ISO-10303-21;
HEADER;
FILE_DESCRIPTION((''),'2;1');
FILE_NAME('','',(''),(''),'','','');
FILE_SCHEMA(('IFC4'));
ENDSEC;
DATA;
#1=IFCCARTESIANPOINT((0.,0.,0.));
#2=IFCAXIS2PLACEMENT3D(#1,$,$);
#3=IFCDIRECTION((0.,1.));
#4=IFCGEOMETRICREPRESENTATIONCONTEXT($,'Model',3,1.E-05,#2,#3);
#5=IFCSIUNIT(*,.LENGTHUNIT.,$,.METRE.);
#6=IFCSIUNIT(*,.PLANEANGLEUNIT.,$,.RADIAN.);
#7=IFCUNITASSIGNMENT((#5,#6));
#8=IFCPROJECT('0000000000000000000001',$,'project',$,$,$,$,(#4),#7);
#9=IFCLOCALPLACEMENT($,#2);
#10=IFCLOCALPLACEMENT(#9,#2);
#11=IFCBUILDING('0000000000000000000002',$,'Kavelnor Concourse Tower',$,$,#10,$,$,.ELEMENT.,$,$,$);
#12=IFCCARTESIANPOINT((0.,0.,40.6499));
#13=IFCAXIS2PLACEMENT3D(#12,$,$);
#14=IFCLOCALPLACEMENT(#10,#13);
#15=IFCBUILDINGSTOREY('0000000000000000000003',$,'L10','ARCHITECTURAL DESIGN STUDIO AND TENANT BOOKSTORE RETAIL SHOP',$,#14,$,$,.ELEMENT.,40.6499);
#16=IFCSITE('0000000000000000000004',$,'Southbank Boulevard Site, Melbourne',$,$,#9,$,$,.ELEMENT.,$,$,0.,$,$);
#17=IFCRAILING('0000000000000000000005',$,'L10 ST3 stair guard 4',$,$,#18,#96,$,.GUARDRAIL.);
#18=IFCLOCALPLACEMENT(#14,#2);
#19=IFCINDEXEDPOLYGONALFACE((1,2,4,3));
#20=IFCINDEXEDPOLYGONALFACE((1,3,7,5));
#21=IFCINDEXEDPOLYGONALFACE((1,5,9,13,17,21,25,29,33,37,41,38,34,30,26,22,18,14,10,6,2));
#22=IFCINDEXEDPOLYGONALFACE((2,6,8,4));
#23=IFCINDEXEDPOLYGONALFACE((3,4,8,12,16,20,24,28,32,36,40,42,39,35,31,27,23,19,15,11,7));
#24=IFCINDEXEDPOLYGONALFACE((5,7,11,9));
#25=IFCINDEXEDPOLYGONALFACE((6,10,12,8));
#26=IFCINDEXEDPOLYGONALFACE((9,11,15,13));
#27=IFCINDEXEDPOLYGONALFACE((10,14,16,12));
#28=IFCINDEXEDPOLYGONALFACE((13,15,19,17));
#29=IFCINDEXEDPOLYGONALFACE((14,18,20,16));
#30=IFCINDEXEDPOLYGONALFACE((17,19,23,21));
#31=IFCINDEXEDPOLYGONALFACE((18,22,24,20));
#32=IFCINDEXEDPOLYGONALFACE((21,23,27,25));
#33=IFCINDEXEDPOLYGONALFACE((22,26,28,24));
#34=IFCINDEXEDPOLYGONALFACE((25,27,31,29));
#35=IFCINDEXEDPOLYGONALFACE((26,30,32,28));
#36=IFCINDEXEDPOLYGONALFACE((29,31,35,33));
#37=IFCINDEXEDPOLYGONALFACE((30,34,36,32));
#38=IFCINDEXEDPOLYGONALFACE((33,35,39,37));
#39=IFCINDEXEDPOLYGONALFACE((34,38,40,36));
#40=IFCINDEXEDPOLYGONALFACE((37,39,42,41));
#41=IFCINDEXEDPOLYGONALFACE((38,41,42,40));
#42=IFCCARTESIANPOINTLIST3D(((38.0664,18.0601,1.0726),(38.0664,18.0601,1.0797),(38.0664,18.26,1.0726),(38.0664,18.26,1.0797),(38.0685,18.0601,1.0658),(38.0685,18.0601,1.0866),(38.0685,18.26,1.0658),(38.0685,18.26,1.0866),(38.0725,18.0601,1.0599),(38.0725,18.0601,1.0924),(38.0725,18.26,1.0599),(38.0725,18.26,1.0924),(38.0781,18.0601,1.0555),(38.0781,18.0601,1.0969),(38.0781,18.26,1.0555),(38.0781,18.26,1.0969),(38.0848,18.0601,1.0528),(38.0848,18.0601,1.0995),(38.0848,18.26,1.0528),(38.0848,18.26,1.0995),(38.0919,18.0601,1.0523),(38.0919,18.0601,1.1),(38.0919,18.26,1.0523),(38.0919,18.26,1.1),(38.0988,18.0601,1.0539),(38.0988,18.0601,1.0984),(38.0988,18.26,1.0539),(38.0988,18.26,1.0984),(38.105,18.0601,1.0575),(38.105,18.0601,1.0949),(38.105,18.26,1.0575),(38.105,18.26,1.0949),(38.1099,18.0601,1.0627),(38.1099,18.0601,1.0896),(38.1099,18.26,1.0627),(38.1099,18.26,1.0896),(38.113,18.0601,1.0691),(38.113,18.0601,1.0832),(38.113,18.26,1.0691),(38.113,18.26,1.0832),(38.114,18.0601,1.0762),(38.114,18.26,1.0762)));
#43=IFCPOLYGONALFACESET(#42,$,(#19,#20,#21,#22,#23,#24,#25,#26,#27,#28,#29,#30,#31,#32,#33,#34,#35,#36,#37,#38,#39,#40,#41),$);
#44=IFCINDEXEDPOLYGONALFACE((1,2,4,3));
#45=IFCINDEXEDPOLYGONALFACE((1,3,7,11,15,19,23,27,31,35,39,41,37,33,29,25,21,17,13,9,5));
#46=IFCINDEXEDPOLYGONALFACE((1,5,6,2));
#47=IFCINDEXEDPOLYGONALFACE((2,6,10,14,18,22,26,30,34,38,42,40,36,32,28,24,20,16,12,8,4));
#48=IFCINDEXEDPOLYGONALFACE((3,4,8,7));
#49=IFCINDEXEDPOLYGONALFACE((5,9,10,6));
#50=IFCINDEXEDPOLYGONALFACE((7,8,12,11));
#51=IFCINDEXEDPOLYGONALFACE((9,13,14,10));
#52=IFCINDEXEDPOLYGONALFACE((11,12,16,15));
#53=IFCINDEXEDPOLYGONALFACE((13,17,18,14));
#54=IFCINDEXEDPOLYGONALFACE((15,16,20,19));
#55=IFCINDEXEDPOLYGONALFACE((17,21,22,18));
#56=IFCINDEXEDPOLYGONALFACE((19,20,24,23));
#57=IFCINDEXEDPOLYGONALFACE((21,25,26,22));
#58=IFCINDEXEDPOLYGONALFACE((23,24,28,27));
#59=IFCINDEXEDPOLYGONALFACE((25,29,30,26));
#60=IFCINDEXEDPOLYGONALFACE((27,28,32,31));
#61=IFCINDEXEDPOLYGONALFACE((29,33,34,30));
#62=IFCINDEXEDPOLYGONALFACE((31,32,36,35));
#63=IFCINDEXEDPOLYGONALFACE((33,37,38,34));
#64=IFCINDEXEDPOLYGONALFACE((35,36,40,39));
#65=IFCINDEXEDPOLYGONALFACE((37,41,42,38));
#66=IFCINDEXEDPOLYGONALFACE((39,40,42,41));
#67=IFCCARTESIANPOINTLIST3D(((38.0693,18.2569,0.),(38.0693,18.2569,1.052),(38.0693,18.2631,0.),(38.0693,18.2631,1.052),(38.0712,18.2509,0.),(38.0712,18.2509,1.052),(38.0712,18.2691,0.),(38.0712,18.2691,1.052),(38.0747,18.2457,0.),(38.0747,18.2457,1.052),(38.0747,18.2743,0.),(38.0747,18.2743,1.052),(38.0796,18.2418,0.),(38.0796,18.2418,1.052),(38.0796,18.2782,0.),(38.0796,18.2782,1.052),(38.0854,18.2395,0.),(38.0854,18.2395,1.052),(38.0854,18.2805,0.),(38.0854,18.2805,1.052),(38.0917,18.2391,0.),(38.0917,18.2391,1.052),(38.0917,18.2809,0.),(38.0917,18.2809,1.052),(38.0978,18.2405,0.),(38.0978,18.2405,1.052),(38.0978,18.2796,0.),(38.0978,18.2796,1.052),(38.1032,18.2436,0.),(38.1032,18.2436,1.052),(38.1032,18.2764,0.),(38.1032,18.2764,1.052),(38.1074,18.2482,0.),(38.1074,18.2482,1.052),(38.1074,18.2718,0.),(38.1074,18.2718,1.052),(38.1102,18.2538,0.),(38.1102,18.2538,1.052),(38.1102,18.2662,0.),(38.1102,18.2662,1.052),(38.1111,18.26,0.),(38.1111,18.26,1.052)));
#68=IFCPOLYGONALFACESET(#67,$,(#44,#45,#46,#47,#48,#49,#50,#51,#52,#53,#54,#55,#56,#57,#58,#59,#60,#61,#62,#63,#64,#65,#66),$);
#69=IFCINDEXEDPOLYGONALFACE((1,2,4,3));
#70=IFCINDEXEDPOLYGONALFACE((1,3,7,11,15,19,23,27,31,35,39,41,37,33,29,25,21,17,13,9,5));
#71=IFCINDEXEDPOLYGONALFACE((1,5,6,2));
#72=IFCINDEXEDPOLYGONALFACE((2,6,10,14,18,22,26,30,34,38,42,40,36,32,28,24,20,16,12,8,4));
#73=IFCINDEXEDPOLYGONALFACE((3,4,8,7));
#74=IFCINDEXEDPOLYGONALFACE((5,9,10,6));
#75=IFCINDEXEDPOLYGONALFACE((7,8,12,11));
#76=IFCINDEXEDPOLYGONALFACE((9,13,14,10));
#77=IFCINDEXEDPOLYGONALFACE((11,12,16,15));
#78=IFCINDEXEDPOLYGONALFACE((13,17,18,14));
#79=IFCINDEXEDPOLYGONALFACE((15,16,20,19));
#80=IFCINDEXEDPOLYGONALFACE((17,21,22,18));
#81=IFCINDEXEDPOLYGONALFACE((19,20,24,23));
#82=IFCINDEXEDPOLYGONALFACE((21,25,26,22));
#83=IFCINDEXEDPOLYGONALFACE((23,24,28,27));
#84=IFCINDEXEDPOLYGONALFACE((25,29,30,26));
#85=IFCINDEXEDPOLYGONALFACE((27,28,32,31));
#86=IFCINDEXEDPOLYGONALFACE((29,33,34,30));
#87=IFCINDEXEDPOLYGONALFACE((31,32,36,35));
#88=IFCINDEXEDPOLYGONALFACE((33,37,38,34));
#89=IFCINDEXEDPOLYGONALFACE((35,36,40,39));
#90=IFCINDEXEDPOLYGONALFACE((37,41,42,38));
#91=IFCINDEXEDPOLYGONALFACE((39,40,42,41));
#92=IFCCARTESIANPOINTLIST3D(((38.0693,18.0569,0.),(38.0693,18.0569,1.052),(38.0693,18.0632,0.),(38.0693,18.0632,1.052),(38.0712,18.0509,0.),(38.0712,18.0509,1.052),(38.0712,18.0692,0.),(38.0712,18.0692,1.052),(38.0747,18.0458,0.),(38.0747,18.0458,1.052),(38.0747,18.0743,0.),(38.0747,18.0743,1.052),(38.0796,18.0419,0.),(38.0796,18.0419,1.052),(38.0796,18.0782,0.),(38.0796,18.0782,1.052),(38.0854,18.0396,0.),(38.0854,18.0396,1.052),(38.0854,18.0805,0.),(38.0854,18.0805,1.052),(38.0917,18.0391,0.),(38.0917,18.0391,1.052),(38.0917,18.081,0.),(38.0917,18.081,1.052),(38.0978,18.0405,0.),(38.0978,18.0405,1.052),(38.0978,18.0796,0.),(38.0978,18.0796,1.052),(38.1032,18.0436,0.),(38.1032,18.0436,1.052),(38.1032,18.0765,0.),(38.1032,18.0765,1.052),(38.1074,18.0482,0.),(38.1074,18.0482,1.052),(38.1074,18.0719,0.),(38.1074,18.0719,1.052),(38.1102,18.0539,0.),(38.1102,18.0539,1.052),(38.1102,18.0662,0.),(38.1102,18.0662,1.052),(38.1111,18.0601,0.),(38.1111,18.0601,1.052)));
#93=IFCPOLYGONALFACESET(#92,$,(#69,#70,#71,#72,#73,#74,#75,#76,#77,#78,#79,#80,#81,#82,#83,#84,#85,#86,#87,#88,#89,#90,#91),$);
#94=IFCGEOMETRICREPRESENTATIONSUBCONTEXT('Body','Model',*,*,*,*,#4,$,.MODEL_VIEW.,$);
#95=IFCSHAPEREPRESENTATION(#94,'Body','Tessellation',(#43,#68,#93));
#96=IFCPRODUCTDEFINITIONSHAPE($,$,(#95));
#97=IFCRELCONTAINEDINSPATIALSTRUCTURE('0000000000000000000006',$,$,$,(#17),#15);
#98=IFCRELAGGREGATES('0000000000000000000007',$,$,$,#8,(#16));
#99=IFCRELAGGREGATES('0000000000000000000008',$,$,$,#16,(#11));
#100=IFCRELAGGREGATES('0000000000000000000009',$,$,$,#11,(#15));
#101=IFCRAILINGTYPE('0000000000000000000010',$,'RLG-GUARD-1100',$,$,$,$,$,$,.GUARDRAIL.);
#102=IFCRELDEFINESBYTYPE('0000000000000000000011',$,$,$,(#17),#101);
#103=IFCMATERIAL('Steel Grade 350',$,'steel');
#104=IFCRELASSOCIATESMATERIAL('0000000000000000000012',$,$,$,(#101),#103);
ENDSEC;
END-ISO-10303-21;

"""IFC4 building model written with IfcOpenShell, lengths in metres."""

from ifc_helpers import new_model, si_unit, direction, frame, origin, origin_2d, place, context, subcontext, project, spatial, circle, extrude, material, type_object, element, save


model = new_model("IFC4")

# Units and contexts
model_context = context("Model", 3, precision=1e-05, world=origin(), true_north=direction((0.0, 1.0)))
body_context = subcontext(model_context, "Body", "Model", "MODEL_VIEW")
ifc_project = project(units=[si_unit("LENGTHUNIT", "METRE"), si_unit("PLANEANGLEUNIT", "RADIAN")], contexts=[model_context])

# Site, building, storey
site_placement = place(None, origin())
site = spatial("IfcSite", under=ifc_project, at=site_placement, Name="Southbank Boulevard Site, Melbourne", CompositionType="ELEMENT", RefElevation=0.0)
building_placement = place(site_placement, origin())
building = spatial("IfcBuilding", under=site, at=building_placement, Name="Kavelnor Concourse Tower", CompositionType="ELEMENT")
storey_placement = place(building_placement, frame((0.0, 0.0, 40.6499)))
storey = spatial("IfcBuildingStorey", under=building, at=storey_placement, Name="L10", Description="ARCHITECTURAL DESIGN STUDIO AND TENANT BOOKSTORE RETAIL SHOP", CompositionType="ELEMENT", Elevation=40.6499)

# Shared definitions
ifc_material_1 = material(Name="Steel Grade 350", Category="steel")

# Railing
railing_type_1 = type_object("IfcRailingType", Name="RLG-GUARD-1100", PredefinedType="GUARDRAIL", material=ifc_material_1)
railing_1_placement = place(storey_placement, frame((38.0901, 18.26, 0.0)))
element("IfcRailing", 1, at=railing_1_placement, inside=storey, type_object=railing_type_1, Name="L10 ST3 stair guard 4", PredefinedType="GUARDRAIL", context=body_context, shape_type="SweptSolid", body=[
    extrude(circle(Radius=0.0239, at=origin_2d()), frame((0.0, 0.0, 1.0762), z_axis=(0.0, -1.0, 0.0), x_axis=(1.0, 0.0, 0.0)), (0.0, 0.0, 1.0), 0.2),
    extrude(circle(Radius=0.021, at=origin_2d()), origin(), (0.0, 0.0, 1.0), 1.052),
    extrude(circle(Radius=0.021, at=origin_2d()), frame((0.0, -0.2, 0.0)), (0.0, 0.0, 1.0), 1.052),
])

save(model, "model.ifc")
